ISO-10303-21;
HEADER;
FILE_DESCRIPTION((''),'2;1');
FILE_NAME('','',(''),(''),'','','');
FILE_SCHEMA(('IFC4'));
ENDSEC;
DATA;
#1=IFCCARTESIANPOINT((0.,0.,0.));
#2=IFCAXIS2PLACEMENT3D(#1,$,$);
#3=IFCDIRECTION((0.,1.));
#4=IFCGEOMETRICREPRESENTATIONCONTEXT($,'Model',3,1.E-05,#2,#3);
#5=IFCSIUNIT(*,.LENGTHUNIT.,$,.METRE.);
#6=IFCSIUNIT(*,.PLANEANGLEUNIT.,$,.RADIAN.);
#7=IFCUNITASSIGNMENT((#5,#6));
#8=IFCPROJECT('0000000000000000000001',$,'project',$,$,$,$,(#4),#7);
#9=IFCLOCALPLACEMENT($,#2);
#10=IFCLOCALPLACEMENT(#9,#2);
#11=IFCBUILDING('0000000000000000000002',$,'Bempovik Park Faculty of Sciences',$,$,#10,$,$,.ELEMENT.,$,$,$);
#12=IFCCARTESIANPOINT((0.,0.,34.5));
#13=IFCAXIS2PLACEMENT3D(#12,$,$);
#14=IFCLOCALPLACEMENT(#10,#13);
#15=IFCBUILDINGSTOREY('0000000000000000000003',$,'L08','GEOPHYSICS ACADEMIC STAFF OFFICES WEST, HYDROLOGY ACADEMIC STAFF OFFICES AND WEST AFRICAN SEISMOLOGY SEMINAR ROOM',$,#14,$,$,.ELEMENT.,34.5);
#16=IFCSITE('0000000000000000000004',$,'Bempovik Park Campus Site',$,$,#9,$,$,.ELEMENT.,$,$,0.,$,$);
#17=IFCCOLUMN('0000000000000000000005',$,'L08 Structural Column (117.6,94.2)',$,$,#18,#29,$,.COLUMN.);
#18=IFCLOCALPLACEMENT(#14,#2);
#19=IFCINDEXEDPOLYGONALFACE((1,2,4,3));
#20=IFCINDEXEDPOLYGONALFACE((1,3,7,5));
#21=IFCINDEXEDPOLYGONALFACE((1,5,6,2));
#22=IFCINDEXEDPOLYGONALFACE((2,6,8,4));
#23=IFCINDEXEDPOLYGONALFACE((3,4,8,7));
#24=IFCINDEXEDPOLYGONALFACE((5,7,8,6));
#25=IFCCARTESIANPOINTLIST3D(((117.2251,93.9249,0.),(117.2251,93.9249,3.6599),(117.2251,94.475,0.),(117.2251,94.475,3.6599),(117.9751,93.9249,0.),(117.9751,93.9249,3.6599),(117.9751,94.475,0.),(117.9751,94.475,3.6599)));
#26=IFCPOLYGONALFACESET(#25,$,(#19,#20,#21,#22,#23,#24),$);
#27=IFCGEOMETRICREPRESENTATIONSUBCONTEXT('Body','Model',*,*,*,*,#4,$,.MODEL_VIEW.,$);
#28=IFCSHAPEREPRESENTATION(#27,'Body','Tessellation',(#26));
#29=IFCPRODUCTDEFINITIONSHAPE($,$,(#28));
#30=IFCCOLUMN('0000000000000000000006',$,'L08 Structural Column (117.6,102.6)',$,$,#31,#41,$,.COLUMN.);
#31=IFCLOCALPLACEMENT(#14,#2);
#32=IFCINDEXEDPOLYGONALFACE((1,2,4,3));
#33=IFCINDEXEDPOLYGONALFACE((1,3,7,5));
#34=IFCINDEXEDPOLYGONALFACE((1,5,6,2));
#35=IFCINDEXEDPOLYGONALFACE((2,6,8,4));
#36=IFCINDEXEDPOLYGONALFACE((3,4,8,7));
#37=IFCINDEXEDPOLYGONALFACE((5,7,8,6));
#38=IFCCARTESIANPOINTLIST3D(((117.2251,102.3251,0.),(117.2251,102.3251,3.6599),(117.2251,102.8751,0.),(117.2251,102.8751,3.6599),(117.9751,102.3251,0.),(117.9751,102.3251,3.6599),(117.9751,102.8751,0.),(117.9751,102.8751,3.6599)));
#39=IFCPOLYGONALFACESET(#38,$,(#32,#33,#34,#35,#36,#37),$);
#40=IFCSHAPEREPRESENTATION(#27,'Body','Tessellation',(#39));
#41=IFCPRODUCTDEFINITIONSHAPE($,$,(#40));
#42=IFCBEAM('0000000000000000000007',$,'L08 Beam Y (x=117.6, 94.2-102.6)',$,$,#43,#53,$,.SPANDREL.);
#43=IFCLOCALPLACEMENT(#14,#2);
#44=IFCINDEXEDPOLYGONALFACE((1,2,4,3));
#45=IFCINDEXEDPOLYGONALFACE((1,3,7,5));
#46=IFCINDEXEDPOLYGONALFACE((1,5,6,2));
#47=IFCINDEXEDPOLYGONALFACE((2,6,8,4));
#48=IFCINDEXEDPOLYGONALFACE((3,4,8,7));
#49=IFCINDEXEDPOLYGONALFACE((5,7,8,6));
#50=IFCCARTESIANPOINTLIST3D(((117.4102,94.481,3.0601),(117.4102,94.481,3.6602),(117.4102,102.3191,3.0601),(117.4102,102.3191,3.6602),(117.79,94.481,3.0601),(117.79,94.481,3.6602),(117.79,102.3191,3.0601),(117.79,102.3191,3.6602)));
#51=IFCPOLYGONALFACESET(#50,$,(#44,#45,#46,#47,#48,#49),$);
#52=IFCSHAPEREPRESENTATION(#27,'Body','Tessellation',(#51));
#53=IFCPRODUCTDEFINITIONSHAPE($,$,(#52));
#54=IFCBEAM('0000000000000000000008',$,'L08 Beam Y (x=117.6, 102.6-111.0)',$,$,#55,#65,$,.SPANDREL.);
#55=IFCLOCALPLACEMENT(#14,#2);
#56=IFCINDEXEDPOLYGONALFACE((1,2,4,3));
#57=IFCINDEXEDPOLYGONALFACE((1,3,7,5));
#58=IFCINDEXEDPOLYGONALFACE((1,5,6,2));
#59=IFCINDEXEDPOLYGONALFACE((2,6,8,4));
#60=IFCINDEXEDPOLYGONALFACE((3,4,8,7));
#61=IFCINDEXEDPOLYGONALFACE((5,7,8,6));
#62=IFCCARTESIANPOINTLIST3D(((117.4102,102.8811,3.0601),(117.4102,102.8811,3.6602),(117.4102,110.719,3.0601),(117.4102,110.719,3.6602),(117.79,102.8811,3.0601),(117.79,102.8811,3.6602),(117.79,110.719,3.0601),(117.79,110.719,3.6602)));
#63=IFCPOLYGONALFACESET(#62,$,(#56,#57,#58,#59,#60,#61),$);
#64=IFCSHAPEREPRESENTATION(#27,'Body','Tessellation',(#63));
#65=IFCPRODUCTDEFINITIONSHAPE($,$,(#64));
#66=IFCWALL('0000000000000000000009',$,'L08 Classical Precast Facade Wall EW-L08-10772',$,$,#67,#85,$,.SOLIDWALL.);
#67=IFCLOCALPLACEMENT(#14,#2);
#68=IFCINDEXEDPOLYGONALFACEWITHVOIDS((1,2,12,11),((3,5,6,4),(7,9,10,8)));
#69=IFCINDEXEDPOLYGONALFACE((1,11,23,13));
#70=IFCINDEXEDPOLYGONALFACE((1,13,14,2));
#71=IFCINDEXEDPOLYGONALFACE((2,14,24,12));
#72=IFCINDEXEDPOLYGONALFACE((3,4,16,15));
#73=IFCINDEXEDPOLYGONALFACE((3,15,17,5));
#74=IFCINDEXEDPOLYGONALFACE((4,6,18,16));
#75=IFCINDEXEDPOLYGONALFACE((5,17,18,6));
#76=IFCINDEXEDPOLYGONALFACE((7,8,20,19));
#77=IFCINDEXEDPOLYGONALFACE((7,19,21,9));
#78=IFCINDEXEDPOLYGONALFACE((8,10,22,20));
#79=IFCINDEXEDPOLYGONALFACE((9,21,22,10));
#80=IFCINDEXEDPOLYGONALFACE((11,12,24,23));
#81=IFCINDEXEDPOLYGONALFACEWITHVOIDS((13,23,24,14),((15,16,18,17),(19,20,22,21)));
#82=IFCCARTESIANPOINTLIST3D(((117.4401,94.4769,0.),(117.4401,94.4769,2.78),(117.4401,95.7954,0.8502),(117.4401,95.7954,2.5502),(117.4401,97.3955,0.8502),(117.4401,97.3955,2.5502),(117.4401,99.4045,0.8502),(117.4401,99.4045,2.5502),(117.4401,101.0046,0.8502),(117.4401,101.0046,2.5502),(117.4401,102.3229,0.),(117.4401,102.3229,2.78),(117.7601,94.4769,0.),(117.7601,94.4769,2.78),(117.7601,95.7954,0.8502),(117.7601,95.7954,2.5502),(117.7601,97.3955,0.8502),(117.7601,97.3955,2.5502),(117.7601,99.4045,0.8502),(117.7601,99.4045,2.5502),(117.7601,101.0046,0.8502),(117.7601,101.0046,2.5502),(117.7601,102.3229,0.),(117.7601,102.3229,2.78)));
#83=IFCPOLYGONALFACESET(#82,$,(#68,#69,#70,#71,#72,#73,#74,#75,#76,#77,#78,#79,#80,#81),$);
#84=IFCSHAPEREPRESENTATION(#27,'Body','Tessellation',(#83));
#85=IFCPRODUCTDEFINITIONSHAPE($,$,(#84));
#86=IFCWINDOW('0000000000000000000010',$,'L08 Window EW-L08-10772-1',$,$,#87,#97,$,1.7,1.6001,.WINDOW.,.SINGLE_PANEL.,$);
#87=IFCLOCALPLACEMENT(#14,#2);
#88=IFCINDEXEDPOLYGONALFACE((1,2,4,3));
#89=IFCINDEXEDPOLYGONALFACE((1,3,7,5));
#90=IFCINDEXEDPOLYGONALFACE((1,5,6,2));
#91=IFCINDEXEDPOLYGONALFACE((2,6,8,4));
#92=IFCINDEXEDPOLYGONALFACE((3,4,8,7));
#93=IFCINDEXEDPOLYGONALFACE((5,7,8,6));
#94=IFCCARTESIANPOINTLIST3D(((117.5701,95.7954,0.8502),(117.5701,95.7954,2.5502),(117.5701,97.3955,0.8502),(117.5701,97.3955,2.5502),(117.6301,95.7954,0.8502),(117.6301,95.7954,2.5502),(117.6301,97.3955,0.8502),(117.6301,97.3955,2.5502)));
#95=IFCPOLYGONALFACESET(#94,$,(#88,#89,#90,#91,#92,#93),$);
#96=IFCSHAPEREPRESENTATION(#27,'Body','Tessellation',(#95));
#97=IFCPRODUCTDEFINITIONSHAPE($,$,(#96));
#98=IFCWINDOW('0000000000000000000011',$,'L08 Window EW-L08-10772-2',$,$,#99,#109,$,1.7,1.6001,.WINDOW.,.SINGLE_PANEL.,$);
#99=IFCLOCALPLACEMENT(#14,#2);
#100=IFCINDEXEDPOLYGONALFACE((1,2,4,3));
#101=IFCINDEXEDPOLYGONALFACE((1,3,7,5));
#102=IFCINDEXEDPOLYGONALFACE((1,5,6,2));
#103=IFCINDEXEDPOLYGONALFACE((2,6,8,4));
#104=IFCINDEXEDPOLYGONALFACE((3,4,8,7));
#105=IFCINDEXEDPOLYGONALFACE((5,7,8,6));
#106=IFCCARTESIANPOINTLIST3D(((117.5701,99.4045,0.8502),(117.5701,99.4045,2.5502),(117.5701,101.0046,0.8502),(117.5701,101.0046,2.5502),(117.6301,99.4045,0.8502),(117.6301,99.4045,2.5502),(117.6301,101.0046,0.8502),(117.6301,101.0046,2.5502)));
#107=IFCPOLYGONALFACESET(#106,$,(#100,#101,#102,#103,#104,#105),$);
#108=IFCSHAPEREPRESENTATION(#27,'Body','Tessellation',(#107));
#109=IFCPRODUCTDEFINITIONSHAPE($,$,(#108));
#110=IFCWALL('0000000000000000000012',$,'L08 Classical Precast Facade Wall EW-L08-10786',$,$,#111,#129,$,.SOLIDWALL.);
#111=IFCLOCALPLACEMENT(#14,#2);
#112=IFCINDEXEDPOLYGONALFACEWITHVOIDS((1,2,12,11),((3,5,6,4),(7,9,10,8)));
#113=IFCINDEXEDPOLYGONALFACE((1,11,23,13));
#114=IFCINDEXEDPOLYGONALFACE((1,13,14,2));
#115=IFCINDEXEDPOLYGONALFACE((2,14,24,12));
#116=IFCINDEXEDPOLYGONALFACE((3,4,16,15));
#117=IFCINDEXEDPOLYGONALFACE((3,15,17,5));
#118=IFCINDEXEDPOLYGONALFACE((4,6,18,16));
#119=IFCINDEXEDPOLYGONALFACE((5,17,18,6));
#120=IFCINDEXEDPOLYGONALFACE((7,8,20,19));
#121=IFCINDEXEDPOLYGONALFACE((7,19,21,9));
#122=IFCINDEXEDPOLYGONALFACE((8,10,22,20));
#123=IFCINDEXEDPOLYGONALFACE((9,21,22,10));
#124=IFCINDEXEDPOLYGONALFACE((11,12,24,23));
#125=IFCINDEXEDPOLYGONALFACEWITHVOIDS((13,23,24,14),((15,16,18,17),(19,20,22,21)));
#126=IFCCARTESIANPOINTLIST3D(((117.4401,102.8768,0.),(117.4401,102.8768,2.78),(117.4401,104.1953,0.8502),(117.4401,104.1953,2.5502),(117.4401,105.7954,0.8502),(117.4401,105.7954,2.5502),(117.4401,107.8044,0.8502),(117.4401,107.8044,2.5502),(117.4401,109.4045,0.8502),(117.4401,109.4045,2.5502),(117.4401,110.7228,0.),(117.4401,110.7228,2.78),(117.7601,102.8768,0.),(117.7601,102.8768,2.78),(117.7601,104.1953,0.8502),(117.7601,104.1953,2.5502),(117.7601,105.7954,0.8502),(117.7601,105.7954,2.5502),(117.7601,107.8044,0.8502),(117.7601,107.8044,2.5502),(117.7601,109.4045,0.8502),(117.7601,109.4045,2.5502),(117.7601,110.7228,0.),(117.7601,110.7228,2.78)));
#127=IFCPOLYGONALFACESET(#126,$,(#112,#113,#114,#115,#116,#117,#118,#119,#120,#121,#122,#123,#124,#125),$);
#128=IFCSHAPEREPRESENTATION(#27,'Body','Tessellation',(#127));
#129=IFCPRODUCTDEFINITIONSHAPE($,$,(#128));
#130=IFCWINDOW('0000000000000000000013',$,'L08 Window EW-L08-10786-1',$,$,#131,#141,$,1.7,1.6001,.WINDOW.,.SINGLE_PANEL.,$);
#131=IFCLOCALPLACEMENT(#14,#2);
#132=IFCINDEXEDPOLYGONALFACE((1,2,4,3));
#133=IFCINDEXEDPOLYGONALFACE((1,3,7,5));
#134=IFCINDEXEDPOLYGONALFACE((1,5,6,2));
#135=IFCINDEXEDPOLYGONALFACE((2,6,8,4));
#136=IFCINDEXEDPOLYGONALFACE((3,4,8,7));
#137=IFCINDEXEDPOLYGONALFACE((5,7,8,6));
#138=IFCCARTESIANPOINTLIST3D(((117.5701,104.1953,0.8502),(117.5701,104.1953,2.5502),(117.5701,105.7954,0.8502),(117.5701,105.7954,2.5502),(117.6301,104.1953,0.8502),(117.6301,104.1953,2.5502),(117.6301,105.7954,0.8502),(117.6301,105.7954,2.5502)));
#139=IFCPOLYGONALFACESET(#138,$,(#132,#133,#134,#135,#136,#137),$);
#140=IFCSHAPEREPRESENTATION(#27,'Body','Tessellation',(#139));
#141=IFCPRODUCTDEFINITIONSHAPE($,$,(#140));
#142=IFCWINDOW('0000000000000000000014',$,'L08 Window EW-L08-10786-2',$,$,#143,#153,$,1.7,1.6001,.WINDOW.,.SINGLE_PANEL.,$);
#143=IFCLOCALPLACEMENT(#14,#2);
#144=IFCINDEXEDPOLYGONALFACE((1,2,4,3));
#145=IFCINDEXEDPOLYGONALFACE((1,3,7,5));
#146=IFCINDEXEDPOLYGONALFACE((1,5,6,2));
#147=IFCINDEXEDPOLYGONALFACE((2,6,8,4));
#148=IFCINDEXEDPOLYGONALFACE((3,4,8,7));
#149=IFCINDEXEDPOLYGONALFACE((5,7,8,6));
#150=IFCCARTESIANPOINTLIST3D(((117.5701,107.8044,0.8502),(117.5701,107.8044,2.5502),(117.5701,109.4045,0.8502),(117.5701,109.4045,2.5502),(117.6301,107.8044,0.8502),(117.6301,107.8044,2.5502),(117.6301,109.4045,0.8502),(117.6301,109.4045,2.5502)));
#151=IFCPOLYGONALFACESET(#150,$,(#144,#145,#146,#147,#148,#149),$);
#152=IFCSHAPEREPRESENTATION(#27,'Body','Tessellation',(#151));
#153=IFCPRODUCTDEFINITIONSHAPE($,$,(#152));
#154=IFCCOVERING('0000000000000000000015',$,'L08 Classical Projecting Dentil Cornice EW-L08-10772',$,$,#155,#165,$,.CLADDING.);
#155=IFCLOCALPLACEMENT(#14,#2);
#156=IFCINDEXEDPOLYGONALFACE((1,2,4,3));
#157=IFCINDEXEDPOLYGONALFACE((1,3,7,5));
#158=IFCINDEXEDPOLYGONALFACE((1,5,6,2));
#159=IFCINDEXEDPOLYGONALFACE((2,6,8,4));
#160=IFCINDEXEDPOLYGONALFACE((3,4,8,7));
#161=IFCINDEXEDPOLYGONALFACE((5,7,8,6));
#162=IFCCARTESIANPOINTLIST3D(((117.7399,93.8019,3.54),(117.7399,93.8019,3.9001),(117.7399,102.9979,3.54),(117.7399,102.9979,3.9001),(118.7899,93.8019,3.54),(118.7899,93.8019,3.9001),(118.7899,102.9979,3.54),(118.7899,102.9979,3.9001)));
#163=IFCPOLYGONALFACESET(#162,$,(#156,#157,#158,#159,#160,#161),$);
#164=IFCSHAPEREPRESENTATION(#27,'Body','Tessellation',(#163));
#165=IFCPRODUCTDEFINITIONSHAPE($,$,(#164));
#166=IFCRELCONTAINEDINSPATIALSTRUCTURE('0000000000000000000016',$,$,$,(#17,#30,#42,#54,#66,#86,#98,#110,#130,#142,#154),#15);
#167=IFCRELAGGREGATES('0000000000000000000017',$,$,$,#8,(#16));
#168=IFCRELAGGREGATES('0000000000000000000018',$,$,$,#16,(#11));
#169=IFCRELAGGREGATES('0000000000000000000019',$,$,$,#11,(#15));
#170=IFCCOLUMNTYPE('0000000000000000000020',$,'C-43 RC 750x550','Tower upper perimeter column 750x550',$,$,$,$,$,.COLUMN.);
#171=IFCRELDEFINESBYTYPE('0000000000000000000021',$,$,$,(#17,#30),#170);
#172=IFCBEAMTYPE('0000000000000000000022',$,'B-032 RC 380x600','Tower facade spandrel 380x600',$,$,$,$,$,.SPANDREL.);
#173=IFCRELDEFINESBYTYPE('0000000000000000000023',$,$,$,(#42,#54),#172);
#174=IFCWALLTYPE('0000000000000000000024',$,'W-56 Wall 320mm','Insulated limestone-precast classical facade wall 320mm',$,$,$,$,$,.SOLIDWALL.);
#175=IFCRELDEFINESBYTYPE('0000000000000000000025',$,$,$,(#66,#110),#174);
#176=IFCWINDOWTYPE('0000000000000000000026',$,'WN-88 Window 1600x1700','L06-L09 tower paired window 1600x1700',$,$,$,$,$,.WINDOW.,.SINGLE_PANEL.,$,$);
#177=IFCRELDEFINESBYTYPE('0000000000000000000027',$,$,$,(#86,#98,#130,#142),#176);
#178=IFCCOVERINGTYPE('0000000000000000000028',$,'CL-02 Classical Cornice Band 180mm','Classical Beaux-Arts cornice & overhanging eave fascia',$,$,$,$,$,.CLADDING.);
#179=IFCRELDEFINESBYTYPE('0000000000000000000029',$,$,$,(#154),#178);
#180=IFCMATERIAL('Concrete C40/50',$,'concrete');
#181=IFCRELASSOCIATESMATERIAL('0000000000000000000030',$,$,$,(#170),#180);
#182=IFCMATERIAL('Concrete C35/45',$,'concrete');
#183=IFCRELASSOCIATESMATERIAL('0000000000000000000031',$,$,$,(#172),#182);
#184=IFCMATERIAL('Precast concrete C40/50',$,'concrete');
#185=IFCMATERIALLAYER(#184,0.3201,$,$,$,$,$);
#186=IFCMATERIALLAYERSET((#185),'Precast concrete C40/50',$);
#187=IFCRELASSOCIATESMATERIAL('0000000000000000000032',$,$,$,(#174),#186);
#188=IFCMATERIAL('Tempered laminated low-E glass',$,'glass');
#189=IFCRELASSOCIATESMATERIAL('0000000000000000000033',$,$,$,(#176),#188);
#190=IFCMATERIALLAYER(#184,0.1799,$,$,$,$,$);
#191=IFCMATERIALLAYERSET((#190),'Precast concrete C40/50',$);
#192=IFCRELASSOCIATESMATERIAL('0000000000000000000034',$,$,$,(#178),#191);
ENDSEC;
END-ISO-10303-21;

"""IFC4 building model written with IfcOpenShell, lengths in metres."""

from ifc_helpers import new_model, si_unit, direction, frame, frame_2d, origin, origin_2d, place, context, subcontext, project, spatial, rectangle, extrude, material, layer, layer_set, material_profile, profile_set, type_object, element, fill, save


model = new_model("IFC4")

# Units and contexts
model_context = context("Model", 3, precision=1e-05, world=origin(), true_north=direction((0.0, 1.0)))
body_context = subcontext(model_context, "Body", "Model", "MODEL_VIEW")
ifc_project = project(units=[si_unit("LENGTHUNIT", "METRE"), si_unit("PLANEANGLEUNIT", "RADIAN")], contexts=[model_context])

# Site, building, storey
site_placement = place(None, origin())
site = spatial("IfcSite", under=ifc_project, at=site_placement, Name="Bempovik Park Campus Site", CompositionType="ELEMENT", RefElevation=0.0)
building_placement = place(site_placement, origin())
building = spatial("IfcBuilding", under=site, at=building_placement, Name="Bempovik Park Faculty of Sciences", CompositionType="ELEMENT")
storey_placement = place(building_placement, frame((0.0, 0.0, 34.5)))
storey = spatial("IfcBuildingStorey", under=building, at=storey_placement, Name="L08", Description="GEOPHYSICS ACADEMIC STAFF OFFICES WEST, HYDROLOGY ACADEMIC STAFF OFFICES AND WEST AFRICAN SEISMOLOGY SEMINAR ROOM", CompositionType="ELEMENT", Elevation=34.5)

# Columns
ifc_material_1 = material(Name="Concrete C40/50", Category="concrete")
ifc_material_profile_1 = material_profile(ifc_material_1, rectangle(XDim=0.75, YDim=0.55, at=origin_2d()), Name="RC 750x550")
ifc_profile_set_1 = profile_set([ifc_material_profile_1], Name="Concrete C40/50")
column_type = type_object("IfcColumnType", Name="C-43 RC 750x550", Description="Tower upper perimeter column 750x550", PredefinedType="COLUMN", material=ifc_profile_set_1)
for number, where, z_axis, x_axis, name in (
    (1, (117.6001, 94.2, 0.0), (0.0, 0.0, 1.0), (1.0, 0.0, 0.0), "L08 Structural Column (117.6,94.2)"),
    (2, (117.6001, 102.6001, 0.0), (0.0, 0.0, 1.0), (1.0, 0.0, 0.0), "L08 Structural Column (117.6,102.6)"),
):
    element("IfcColumn", number, at=place(storey_placement, frame(where, z_axis=z_axis, x_axis=x_axis)), inside=storey, type_object=column_type, Name=name, PredefinedType="COLUMN", context=body_context, shape_type="SweptSolid", body=[
        extrude(rectangle(XDim=0.75, YDim=0.55, at=origin_2d()), origin(), (0.0, 0.0, 1.0), 3.6599),
    ])

# Beams
ifc_material_2 = material(Name="Concrete C35/45", Category="concrete")
ifc_material_profile_2 = material_profile(ifc_material_2, rectangle(XDim=0.3799, YDim=0.6001, at=origin_2d()), Name="RC 380x600")
ifc_profile_set_2 = profile_set([ifc_material_profile_2], Name="Concrete C35/45")
beam_type = type_object("IfcBeamType", Name="B-032 RC 380x600", Description="Tower facade spandrel 380x600", PredefinedType="SPANDREL", material=ifc_profile_set_2)
beam_1_placement = place(storey_placement, frame((117.6001, 94.481, 3.3601), z_axis=(0.0, 1.0, 0.0), x_axis=(-1.0, 0.0, 0.0)))
element("IfcBeam", 3, at=beam_1_placement, inside=storey, type_object=beam_type, Name="L08 Beam Y (x=117.6, 94.2-102.6)", PredefinedType="SPANDREL", context=body_context, shape_type="SweptSolid", body=[
    extrude(rectangle(XDim=0.3799, YDim=0.6001, at=origin_2d()), origin(), (0.0, 0.0, 1.0), 7.8381),
])
beam_2_placement = place(storey_placement, frame((117.6001, 102.8811, 3.3601), z_axis=(0.0, 1.0, 0.0), x_axis=(-1.0, 0.0, 0.0)))
element("IfcBeam", 4, at=beam_2_placement, inside=storey, type_object=beam_type, Name="L08 Beam Y (x=117.6, 102.6-111.0)", PredefinedType="SPANDREL", context=body_context, shape_type="SweptSolid", body=[
    extrude(rectangle(XDim=0.3799, YDim=0.6001, at=origin_2d()), origin(), (0.0, 0.0, 1.0), 7.8379),
])

# Walls, openings, windows
ifc_material_3 = material(Name="Precast concrete C40/50", Category="concrete")
ifc_layer_1 = layer(ifc_material_3, 0.3201)
ifc_layer_set_1 = layer_set([ifc_layer_1], Name="Precast concrete C40/50")
wall_type = type_object("IfcWallType", Name="W-56 Wall 320mm", Description="Insulated limestone-precast classical facade wall 320mm", PredefinedType="SOLIDWALL", material=ifc_layer_set_1)
wall_1_placement = place(storey_placement, frame((117.6001, 94.4771, 0.0), z_axis=(0.0, 0.0, 1.0), x_axis=(0.0, 1.0, 0.0)))
wall_1 = element("IfcWall", 5, at=wall_1_placement, inside=storey, type_object=wall_type, Name="L08 Classical Precast Facade Wall EW-L08-10772", PredefinedType="SOLIDWALL", context=body_context, shape_type="SweptSolid", body=[
    extrude(rectangle(XDim=7.8459, YDim=0.3201, at=frame_2d((3.9229, 0.0))), origin(), (0.0, 0.0, 1.0), 2.78),
])
opening_1_placement = place(wall_1_placement, frame((1.3184, 0.0, 0.8501)))
opening_1 = element("IfcOpeningElement", 6, at=opening_1_placement, cuts=wall_1, PredefinedType="OPENING", context=body_context, shape_type="SweptSolid", body=[
    extrude(rectangle(XDim=1.6001, YDim=1.7, at=frame_2d((0.8, 0.8501))), frame((0.0, 0.1699, 0.0), z_axis=(0.0, -1.0, 0.0), x_axis=(1.0, 0.0, 0.0)), (0.0, 0.0, 1.0), 0.3401),
])
opening_2_placement = place(wall_1_placement, frame((4.9275, 0.0, 0.8501)))
opening_2 = element("IfcOpeningElement", 7, at=opening_2_placement, cuts=wall_1, PredefinedType="OPENING", context=body_context, shape_type="SweptSolid", body=[
    extrude(rectangle(XDim=1.6001, YDim=1.7, at=frame_2d((0.8, 0.8501))), frame((0.0, 0.1699, 0.0), z_axis=(0.0, -1.0, 0.0), x_axis=(1.0, 0.0, 0.0)), (0.0, 0.0, 1.0), 0.3401),
])
ifc_material_4 = material(Name="Tempered laminated low-E glass", Category="glass")
window_type = type_object("IfcWindowType", Name="WN-88 Window 1600x1700", Description="L06-L09 tower paired window 1600x1700", PartitioningType="SINGLE_PANEL", PredefinedType="WINDOW", material=ifc_material_4)
window_1_placement = place(opening_1_placement, origin())
window_1 = element("IfcWindow", 8, at=window_1_placement, inside=storey, type_object=window_type, Name="L08 Window EW-L08-10772-1", OverallHeight=1.7, OverallWidth=1.6001, PartitioningType="SINGLE_PANEL", PredefinedType="WINDOW", context=body_context, shape_type="SweptSolid", body=[
    extrude(rectangle(XDim=1.6001, YDim=1.7, at=frame_2d((0.8, 0.8501))), frame((0.0, 0.03, 0.0), z_axis=(0.0, -1.0, 0.0), x_axis=(1.0, 0.0, 0.0)), (0.0, 0.0, 1.0), 0.0601),
])
fill(opening_1, window_1)
window_2_placement = place(opening_2_placement, origin())
window_2 = element("IfcWindow", 9, at=window_2_placement, inside=storey, type_object=window_type, Name="L08 Window EW-L08-10772-2", OverallHeight=1.7, OverallWidth=1.6001, PartitioningType="SINGLE_PANEL", PredefinedType="WINDOW", context=body_context, shape_type="SweptSolid", body=[
    extrude(rectangle(XDim=1.6001, YDim=1.7, at=frame_2d((0.8, 0.8501))), frame((0.0, 0.03, 0.0), z_axis=(0.0, -1.0, 0.0), x_axis=(1.0, 0.0, 0.0)), (0.0, 0.0, 1.0), 0.0601),
])
fill(opening_2, window_2)
wall_2_placement = place(storey_placement, frame((117.6001, 102.877, 0.0), z_axis=(0.0, 0.0, 1.0), x_axis=(0.0, 1.0, 0.0)))
wall_2 = element("IfcWall", 10, at=wall_2_placement, inside=storey, type_object=wall_type, Name="L08 Classical Precast Facade Wall EW-L08-10786", PredefinedType="SOLIDWALL", context=body_context, shape_type="SweptSolid", body=[
    extrude(rectangle(XDim=7.8459, YDim=0.3201, at=frame_2d((3.9229, 0.0))), origin(), (0.0, 0.0, 1.0), 2.78),
])
opening_3_placement = place(wall_2_placement, frame((1.3184, 0.0, 0.8501)))
opening_3 = element("IfcOpeningElement", 11, at=opening_3_placement, cuts=wall_2, PredefinedType="OPENING", context=body_context, shape_type="SweptSolid", body=[
    extrude(rectangle(XDim=1.6001, YDim=1.7, at=frame_2d((0.8, 0.8501))), frame((0.0, 0.1699, 0.0), z_axis=(0.0, -1.0, 0.0), x_axis=(1.0, 0.0, 0.0)), (0.0, 0.0, 1.0), 0.3401),
])
opening_4_placement = place(wall_2_placement, frame((4.9275, 0.0, 0.8501)))
opening_4 = element("IfcOpeningElement", 12, at=opening_4_placement, cuts=wall_2, PredefinedType="OPENING", context=body_context, shape_type="SweptSolid", body=[
    extrude(rectangle(XDim=1.6001, YDim=1.7, at=frame_2d((0.8, 0.8501))), frame((0.0, 0.1699, 0.0), z_axis=(0.0, -1.0, 0.0), x_axis=(1.0, 0.0, 0.0)), (0.0, 0.0, 1.0), 0.3401),
])
window_3_placement = place(opening_3_placement, origin())
window_3 = element("IfcWindow", 13, at=window_3_placement, inside=storey, type_object=window_type, Name="L08 Window EW-L08-10786-1", OverallHeight=1.7, OverallWidth=1.6001, PartitioningType="SINGLE_PANEL", PredefinedType="WINDOW", context=body_context, shape_type="SweptSolid", body=[
    extrude(rectangle(XDim=1.6001, YDim=1.7, at=frame_2d((0.8, 0.8501))), frame((0.0, 0.03, 0.0), z_axis=(0.0, -1.0, 0.0), x_axis=(1.0, 0.0, 0.0)), (0.0, 0.0, 1.0), 0.0601),
])
fill(opening_3, window_3)
window_4_placement = place(opening_4_placement, origin())
window_4 = element("IfcWindow", 14, at=window_4_placement, inside=storey, type_object=window_type, Name="L08 Window EW-L08-10786-2", OverallHeight=1.7, OverallWidth=1.6001, PartitioningType="SINGLE_PANEL", PredefinedType="WINDOW", context=body_context, shape_type="SweptSolid", body=[
    extrude(rectangle(XDim=1.6001, YDim=1.7, at=frame_2d((0.8, 0.8501))), frame((0.0, 0.03, 0.0), z_axis=(0.0, -1.0, 0.0), x_axis=(1.0, 0.0, 0.0)), (0.0, 0.0, 1.0), 0.0601),
])
fill(opening_4, window_4)

# Covering
ifc_layer_2 = layer(ifc_material_3, 0.1799)
ifc_layer_set_2 = layer_set([ifc_layer_2], Name="Precast concrete C40/50")
covering_type_1 = type_object("IfcCoveringType", Name="CL-02 Classical Cornice Band 180mm", Description="Classical Beaux-Arts cornice & overhanging eave fascia", PredefinedType="CLADDING", material=ifc_layer_set_2)
covering_1_placement = place(storey_placement, frame((118.2649, 98.3999, 3.54), z_axis=(0.0, 0.0, 1.0), x_axis=(1.0, 0.0, 0.0)))
element("IfcCovering", 15, at=covering_1_placement, inside=storey, type_object=covering_type_1, Name="L08 Classical Projecting Dentil Cornice EW-L08-10772", PredefinedType="CLADDING", context=body_context, shape_type="SweptSolid", body=[
    extrude(rectangle(XDim=1.05, YDim=9.196, at=origin_2d()), origin(), (0.0, 0.0, 1.0), 0.3601),
])

save(model, "model.ifc")
